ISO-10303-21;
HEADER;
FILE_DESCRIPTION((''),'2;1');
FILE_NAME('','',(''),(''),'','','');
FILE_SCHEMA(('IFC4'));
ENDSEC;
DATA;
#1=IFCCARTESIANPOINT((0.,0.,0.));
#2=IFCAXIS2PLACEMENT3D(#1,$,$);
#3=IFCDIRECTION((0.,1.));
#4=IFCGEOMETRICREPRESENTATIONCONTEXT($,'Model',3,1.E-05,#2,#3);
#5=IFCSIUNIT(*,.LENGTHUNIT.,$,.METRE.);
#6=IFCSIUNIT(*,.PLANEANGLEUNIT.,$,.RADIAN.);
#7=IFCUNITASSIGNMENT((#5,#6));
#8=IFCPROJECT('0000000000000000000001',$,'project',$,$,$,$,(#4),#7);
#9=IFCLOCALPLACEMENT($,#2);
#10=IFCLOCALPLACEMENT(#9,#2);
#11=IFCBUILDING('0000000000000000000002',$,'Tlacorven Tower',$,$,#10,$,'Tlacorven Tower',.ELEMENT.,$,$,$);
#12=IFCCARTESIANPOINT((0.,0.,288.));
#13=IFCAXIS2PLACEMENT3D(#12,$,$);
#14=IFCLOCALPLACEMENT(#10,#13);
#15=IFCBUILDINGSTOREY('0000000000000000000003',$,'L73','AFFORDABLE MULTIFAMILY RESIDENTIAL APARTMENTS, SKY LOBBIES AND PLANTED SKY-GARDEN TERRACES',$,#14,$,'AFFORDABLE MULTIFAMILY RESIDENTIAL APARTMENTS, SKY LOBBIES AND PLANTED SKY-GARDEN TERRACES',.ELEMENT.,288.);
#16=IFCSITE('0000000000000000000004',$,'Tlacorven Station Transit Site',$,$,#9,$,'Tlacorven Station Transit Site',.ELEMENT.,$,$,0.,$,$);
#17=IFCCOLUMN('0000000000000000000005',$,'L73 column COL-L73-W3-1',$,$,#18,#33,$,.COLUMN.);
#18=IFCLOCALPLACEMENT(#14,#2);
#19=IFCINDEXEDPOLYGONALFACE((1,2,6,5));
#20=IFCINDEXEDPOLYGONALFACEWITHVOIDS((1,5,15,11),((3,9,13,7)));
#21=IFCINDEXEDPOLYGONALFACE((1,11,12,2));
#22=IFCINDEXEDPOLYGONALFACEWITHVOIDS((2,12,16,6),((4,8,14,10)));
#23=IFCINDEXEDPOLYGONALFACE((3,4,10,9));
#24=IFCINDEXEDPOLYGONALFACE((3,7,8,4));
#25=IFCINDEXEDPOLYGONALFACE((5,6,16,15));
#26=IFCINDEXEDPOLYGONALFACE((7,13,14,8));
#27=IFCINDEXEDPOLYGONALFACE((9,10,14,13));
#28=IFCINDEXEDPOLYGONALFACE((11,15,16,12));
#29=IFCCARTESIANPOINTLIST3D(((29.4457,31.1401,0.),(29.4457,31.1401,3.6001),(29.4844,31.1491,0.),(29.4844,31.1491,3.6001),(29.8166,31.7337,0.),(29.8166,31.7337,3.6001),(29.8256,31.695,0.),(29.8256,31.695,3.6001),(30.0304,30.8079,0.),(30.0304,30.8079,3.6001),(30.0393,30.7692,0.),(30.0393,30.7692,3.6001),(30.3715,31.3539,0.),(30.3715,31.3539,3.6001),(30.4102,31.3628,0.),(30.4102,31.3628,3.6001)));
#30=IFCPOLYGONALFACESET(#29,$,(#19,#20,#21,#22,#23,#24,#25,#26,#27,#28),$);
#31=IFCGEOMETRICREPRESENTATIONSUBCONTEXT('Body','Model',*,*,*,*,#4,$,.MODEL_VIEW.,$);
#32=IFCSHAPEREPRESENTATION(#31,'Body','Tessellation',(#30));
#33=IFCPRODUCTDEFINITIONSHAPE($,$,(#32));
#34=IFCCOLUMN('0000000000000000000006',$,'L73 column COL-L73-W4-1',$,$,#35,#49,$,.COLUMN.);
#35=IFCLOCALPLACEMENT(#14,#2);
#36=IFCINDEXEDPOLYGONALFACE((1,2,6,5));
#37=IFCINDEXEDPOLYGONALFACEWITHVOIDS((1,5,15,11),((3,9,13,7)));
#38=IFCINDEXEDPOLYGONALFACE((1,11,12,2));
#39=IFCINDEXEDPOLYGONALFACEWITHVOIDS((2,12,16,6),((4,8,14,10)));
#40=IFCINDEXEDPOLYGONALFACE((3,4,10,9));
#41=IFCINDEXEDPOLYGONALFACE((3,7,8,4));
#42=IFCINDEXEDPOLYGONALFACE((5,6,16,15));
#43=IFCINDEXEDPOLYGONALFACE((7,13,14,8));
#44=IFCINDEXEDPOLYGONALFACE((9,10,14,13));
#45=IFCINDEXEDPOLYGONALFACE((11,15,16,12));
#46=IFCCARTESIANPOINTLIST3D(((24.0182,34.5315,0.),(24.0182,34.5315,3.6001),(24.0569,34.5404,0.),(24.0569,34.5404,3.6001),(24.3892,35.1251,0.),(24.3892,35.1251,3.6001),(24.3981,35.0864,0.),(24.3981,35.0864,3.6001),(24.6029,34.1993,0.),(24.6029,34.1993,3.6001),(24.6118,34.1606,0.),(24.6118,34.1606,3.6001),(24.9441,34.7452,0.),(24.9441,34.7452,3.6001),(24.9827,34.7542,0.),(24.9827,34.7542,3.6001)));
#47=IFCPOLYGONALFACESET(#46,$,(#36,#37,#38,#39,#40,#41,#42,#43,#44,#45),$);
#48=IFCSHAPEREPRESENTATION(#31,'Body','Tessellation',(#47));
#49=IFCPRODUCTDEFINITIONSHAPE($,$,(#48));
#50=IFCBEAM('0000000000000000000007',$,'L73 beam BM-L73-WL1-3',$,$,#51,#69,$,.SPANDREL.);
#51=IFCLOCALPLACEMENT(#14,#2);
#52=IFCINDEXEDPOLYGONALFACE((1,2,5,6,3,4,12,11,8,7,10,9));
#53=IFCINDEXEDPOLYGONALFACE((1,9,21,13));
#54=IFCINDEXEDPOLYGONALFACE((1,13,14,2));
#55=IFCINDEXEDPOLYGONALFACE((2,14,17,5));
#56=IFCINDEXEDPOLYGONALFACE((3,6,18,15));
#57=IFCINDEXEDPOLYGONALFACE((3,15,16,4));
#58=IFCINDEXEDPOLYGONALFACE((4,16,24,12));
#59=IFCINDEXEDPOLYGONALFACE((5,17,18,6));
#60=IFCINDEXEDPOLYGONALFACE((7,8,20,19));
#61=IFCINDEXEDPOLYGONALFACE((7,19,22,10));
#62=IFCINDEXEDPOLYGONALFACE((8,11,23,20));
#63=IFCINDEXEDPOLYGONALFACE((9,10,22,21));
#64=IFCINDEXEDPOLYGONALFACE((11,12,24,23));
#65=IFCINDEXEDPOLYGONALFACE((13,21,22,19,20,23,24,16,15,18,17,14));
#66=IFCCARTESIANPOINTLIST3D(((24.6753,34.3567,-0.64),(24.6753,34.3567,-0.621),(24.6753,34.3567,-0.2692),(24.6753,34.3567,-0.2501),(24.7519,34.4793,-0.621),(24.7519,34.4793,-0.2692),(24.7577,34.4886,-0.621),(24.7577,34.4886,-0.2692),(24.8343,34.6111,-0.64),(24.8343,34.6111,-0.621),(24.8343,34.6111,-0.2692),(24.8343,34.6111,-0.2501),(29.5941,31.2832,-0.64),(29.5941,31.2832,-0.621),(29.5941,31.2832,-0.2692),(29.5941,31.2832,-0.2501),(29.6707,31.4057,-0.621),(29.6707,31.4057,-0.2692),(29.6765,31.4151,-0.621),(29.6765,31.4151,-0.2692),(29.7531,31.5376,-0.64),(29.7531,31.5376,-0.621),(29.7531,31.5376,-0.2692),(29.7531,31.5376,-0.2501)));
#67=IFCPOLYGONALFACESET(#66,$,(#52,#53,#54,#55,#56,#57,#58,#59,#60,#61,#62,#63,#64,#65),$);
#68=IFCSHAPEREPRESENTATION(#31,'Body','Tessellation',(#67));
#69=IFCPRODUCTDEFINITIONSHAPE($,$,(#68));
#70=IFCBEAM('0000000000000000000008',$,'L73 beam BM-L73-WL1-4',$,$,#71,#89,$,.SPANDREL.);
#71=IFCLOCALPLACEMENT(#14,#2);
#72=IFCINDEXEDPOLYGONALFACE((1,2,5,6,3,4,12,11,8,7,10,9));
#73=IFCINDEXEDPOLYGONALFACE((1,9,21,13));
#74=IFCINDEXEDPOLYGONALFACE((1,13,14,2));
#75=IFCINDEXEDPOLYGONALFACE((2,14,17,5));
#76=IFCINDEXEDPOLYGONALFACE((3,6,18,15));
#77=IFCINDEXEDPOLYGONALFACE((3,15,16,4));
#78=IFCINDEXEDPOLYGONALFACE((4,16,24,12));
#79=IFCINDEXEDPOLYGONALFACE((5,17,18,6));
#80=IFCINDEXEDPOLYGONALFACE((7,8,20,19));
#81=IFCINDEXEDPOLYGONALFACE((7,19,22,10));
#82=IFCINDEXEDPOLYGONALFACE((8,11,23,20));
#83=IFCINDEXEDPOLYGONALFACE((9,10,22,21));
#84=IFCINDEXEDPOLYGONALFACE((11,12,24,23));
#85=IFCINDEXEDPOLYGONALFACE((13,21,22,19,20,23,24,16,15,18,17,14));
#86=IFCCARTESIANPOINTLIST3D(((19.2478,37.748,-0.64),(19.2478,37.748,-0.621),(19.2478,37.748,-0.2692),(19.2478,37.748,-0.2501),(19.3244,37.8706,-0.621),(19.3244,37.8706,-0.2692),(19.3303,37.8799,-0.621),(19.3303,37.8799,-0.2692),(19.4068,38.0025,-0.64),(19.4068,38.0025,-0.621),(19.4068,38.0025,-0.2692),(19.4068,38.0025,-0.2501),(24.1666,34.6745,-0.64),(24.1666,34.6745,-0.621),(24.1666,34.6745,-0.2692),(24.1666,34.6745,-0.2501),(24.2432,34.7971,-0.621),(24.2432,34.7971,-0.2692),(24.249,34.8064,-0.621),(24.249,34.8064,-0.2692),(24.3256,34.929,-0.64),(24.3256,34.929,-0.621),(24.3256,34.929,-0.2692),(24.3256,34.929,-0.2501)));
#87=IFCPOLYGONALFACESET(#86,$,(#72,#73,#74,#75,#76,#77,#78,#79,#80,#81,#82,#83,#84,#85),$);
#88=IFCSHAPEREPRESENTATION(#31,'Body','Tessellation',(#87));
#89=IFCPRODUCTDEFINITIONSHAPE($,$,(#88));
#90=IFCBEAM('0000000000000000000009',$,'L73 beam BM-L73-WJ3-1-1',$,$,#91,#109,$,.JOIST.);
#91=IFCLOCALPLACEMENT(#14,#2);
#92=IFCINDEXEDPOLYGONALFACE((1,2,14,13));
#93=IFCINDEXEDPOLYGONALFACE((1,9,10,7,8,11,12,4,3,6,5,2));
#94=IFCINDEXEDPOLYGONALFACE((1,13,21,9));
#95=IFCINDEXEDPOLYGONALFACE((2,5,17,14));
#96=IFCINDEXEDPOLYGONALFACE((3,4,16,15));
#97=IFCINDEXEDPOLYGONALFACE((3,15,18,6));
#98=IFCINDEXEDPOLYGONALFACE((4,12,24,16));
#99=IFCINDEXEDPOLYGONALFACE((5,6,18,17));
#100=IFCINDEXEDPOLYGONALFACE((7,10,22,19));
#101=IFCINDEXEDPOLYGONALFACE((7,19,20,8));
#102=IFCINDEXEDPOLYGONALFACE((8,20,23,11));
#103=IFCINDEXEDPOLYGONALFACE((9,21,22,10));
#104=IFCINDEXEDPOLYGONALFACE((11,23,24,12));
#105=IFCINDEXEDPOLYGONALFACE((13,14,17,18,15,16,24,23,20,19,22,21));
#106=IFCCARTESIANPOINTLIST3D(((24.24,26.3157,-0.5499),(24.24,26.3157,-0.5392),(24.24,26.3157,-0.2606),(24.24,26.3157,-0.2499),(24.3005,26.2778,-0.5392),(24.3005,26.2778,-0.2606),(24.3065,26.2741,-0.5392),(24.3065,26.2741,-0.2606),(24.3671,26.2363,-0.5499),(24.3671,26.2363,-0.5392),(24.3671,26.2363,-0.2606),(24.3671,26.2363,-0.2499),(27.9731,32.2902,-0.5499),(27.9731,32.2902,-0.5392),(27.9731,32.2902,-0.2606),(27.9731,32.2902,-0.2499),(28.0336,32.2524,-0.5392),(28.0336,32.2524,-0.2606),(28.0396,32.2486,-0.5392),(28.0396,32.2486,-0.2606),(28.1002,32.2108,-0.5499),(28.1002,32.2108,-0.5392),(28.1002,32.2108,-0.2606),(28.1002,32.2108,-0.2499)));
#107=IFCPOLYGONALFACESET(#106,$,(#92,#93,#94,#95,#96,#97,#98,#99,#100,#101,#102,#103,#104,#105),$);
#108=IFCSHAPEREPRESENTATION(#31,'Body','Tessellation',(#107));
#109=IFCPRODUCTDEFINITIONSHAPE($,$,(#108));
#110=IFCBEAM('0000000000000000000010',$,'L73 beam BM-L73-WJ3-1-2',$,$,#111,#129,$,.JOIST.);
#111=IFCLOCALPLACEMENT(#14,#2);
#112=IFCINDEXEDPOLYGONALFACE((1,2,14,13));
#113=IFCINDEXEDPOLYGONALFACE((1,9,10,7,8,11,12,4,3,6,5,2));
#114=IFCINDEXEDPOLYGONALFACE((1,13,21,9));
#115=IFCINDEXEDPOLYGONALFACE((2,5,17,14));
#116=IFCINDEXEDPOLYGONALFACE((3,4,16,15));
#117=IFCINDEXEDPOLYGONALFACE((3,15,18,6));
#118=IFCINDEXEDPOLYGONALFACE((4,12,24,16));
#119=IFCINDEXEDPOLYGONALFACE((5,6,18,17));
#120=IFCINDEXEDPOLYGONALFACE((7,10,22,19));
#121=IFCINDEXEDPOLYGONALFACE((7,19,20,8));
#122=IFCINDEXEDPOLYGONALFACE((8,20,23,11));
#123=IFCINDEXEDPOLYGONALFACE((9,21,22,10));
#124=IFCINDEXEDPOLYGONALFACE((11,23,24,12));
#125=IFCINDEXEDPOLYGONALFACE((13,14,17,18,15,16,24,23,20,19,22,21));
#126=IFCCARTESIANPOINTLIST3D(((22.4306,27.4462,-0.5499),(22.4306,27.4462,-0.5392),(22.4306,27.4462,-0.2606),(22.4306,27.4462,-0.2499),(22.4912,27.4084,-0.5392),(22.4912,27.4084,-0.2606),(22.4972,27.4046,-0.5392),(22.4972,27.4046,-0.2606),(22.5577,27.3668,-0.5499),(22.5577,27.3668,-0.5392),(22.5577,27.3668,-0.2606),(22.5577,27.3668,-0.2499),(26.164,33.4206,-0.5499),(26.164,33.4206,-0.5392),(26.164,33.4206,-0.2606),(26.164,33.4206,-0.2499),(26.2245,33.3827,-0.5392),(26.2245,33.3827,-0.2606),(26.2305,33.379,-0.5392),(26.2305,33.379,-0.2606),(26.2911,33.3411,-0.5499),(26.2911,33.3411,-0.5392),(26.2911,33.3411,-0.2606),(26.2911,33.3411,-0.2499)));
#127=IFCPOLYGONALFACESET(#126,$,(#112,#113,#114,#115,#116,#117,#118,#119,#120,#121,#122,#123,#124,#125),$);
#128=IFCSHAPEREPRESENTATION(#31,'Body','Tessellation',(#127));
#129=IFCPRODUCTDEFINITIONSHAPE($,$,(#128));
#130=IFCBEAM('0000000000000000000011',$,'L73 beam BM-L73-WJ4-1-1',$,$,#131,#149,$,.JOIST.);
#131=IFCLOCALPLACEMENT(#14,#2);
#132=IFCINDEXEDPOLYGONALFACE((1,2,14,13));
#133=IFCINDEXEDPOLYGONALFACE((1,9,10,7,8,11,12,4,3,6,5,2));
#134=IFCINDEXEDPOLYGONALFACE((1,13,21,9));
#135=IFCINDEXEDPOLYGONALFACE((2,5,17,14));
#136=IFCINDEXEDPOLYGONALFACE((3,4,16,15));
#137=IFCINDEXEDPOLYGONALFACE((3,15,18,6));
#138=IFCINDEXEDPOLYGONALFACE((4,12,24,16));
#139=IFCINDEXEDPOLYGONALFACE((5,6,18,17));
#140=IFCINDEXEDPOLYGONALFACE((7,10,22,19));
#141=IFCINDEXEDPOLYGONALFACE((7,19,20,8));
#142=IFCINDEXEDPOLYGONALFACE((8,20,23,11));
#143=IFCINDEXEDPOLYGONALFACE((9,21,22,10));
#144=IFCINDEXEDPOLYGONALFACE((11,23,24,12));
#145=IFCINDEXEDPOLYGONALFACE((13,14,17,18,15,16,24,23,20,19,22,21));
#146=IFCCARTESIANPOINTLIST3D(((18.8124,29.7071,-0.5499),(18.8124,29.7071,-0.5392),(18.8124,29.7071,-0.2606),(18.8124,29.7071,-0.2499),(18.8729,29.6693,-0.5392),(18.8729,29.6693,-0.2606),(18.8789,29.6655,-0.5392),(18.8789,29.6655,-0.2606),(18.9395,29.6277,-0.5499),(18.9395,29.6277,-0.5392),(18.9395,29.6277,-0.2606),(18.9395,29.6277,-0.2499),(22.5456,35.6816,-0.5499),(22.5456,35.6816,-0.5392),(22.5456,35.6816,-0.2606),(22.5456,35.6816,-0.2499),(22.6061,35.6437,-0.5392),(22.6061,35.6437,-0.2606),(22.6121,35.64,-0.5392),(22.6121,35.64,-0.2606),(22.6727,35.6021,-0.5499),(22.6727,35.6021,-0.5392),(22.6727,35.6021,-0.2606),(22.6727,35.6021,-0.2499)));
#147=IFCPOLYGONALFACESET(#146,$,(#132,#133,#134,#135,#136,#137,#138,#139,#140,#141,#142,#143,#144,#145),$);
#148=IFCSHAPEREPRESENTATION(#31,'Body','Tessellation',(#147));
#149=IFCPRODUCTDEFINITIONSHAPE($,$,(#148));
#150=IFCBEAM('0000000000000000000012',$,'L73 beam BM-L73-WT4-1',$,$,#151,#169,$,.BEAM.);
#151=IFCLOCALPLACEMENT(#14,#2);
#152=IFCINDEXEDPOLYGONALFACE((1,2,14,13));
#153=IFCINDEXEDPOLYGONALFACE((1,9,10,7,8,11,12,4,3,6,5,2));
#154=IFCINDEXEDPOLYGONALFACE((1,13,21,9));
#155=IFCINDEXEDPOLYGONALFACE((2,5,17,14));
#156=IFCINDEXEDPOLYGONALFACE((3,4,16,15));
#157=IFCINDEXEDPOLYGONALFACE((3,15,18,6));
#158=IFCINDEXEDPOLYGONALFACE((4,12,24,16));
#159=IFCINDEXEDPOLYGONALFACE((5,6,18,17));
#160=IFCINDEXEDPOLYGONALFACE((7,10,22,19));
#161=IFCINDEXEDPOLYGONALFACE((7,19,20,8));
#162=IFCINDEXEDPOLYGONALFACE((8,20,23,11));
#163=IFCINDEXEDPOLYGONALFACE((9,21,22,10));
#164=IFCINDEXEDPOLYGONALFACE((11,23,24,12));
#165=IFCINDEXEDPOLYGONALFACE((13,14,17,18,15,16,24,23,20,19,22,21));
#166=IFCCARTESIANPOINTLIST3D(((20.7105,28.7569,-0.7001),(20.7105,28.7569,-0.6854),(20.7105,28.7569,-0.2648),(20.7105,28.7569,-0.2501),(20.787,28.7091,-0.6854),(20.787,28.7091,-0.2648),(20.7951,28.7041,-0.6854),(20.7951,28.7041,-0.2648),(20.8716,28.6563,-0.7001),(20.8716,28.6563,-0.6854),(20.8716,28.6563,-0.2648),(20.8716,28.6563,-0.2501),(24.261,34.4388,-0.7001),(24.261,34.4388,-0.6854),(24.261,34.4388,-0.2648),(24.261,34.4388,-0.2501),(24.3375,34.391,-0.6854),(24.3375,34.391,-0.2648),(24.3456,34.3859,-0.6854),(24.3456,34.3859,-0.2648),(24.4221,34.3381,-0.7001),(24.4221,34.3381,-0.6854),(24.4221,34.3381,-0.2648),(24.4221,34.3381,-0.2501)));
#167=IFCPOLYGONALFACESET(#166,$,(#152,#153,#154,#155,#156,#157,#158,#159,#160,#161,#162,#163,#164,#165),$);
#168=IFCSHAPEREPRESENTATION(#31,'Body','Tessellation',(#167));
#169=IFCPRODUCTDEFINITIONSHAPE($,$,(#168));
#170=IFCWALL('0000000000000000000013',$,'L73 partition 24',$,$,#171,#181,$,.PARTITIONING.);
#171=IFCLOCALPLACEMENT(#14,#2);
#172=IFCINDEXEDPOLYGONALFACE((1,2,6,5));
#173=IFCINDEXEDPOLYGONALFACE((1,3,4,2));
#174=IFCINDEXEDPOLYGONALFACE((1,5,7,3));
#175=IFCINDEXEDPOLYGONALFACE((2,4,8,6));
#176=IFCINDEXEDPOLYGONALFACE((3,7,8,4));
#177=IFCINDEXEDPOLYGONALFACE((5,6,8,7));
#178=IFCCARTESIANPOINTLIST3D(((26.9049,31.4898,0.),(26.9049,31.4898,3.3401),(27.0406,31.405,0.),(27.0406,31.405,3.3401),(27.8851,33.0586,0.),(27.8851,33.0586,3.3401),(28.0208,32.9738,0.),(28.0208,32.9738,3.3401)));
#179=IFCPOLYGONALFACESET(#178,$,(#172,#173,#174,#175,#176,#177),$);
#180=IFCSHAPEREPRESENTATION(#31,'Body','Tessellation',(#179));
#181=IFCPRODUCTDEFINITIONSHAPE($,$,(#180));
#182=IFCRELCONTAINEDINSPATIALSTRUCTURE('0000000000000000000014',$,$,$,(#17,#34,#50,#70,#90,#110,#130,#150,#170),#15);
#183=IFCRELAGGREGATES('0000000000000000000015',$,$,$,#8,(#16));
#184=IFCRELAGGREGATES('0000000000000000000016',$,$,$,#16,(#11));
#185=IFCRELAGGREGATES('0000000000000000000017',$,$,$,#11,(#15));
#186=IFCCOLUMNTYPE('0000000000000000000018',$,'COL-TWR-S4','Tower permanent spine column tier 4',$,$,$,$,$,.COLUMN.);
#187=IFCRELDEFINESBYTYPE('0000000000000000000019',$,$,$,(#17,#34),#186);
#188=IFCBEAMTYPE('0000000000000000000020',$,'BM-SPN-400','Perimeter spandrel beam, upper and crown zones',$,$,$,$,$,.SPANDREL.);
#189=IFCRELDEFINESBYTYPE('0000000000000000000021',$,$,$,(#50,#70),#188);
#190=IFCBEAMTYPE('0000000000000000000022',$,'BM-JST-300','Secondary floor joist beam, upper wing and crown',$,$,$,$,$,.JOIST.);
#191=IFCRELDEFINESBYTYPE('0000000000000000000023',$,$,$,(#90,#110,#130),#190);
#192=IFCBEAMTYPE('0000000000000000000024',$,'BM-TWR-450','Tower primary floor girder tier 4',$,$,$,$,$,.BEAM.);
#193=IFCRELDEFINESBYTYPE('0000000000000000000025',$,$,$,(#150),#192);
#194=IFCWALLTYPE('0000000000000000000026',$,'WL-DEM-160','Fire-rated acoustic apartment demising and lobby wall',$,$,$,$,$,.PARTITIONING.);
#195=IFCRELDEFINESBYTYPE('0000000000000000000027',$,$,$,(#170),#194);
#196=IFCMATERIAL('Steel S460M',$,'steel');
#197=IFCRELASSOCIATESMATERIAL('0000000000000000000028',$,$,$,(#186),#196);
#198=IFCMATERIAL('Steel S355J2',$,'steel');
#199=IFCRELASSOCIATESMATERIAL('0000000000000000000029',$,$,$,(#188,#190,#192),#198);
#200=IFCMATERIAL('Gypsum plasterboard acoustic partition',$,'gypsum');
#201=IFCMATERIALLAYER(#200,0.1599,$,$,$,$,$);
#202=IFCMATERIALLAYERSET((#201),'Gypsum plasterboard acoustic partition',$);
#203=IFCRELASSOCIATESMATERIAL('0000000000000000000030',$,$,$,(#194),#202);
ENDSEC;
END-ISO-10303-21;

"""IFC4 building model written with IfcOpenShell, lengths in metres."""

from ifc_helpers import new_model, si_unit, direction, frame, frame_2d, origin, origin_2d, place, context, subcontext, project, spatial, rectangle, hollow_rectangle, i_section, extrude, source, transform, mapped, material, layer, layer_set, material_profile, profile_set, type_object, element, save


model = new_model("IFC4")

# Units and contexts
model_context = context("Model", 3, precision=1e-05, world=origin(), true_north=direction((0.0, 1.0)))
body_context = subcontext(model_context, "Body", "Model", "MODEL_VIEW")
ifc_project = project(units=[si_unit("LENGTHUNIT", "METRE"), si_unit("PLANEANGLEUNIT", "RADIAN")], contexts=[model_context])

# Site, building, storey
site_placement = place(None, origin())
site = spatial("IfcSite", under=ifc_project, at=site_placement, Name="Tlacorven Station Transit Site", LongName="Tlacorven Station Transit Site", CompositionType="ELEMENT", RefElevation=0.0)
building_placement = place(site_placement, origin())
building = spatial("IfcBuilding", under=site, at=building_placement, Name="Tlacorven Tower", LongName="Tlacorven Tower", CompositionType="ELEMENT")
storey_placement = place(building_placement, frame((0.0, 0.0, 288.0)))
storey = spatial("IfcBuildingStorey", under=building, at=storey_placement, Name="L73", Description="AFFORDABLE MULTIFAMILY RESIDENTIAL APARTMENTS, SKY LOBBIES AND PLANTED SKY-GARDEN TERRACES", LongName="AFFORDABLE MULTIFAMILY RESIDENTIAL APARTMENTS, SKY LOBBIES AND PLANTED SKY-GARDEN TERRACES", CompositionType="ELEMENT", Elevation=288.0)

# Columns
ifc_material_1 = material(Name="Steel S460M", Category="steel")
ifc_material_profile_1 = material_profile(ifc_material_1, hollow_rectangle(XDim=0.7, YDim=0.7, WallThickness=0.0281, at=origin_2d()), Name="BOX 700X700X28")
ifc_profile_set_1 = profile_set([ifc_material_profile_1], Name="Steel S460M")
column_type = type_object("IfcColumnType", Name="COL-TWR-S4", Description="Tower permanent spine column tier 4", PredefinedType="COLUMN", material=ifc_profile_set_1)
shared_shape_1 = source(origin(), body_context, "Body", "SweptSolid", [
    extrude(hollow_rectangle(XDim=0.7, YDim=0.7, WallThickness=0.0281, at=origin_2d()), origin(), (0.0, 0.0, 1.0), 3.6001),
])
for number, where, z_axis, x_axis, name in (
    (1, (29.928, 31.2515, 0.0), (0.0, 0.0, 1.0), (-0.848048, 0.529919, 0.0), "L73 column COL-L73-W3-1"),
    (2, (24.5005, 34.6428, 0.0), (0.0, 0.0, 1.0), (-0.848048, 0.529919, 0.0), "L73 column COL-L73-W4-1"),
):
    element("IfcColumn", number, at=place(storey_placement, frame(where, z_axis=z_axis, x_axis=x_axis)), inside=storey, type_object=column_type, Name=name, PredefinedType="COLUMN", context=body_context, shape_type="MappedRepresentation", body=[
        mapped(shared_shape_1, transform((0.0, 0.0, 0.0), scale=1.0)),
    ])

# Beams
ifc_material_2 = material(Name="Steel S355J2", Category="steel")
ifc_material_profile_2 = material_profile(ifc_material_2, i_section(OverallWidth=0.3, OverallDepth=0.3899, WebThickness=0.011, FlangeThickness=0.019, at=origin_2d()), Name="HEA 400")
ifc_profile_set_2 = profile_set([ifc_material_profile_2], Name="Steel S355J2")
beam_type_1 = type_object("IfcBeamType", Name="BM-SPN-400", Description="Perimeter spandrel beam, upper and crown zones", PredefinedType="SPANDREL", material=ifc_profile_set_2)
shared_shape_2 = source(origin(), body_context, "Body", "SweptSolid", [
    extrude(i_section(OverallWidth=0.3, OverallDepth=0.3899, WebThickness=0.011, FlangeThickness=0.019, at=origin_2d()), origin(), (0.0, 0.0, 1.0), 5.8),
])
for number, where, z_axis, x_axis, name in (
    (3, (29.6736, 31.4104, -0.4451), (-0.848053, 0.529912, 0.0), (-0.529912, -0.848053, 0.0), "L73 beam BM-L73-WL1-3"),
    (4, (24.2461, 34.8018, -0.4451), (-0.848053, 0.529912, 0.0), (-0.529912, -0.848053, 0.0), "L73 beam BM-L73-WL1-4"),
):
    element("IfcBeam", number, at=place(storey_placement, frame(where, z_axis=z_axis, x_axis=x_axis)), inside=storey, type_object=beam_type_1, Name=name, PredefinedType="SPANDREL", context=body_context, shape_type="MappedRepresentation", body=[
        mapped(shared_shape_2, transform((0.0, 0.0, 0.0), scale=1.0)),
    ])
ifc_material_profile_3 = material_profile(ifc_material_2, i_section(OverallWidth=0.1499, OverallDepth=0.3, WebThickness=0.0071, FlangeThickness=0.0107, at=origin_2d()), Name="IPE 300")
ifc_profile_set_3 = profile_set([ifc_material_profile_3], Name="Steel S355J2")
beam_type_2 = type_object("IfcBeamType", Name="BM-JST-300", Description="Secondary floor joist beam, upper wing and crown", PredefinedType="JOIST", material=ifc_profile_set_3)
shared_shape_3 = source(origin(), body_context, "Body", "SweptSolid", [
    extrude(i_section(OverallWidth=0.1499, OverallDepth=0.3, WebThickness=0.0071, FlangeThickness=0.0107, at=origin_2d()), origin(), (0.0, 0.0, 1.0), 7.0449),
])
for number, where, z_axis, x_axis, name in (
    (5, (28.0366, 32.2505, -0.3999), (-0.529899, -0.848061, 0.0), (0.848061, -0.529899, 0.0), "L73 beam BM-L73-WJ3-1-1"),
    (6, (26.2275, 33.3809, -0.3999), (-0.52994, -0.848035, 0.0), (0.848035, -0.52994, 0.0), "L73 beam BM-L73-WJ3-1-2"),
    (7, (22.6091, 35.6418, -0.3999), (-0.529915, -0.848051, 0.0), (0.848051, -0.529915, 0.0), "L73 beam BM-L73-WJ4-1-1"),
):
    element("IfcBeam", number, at=place(storey_placement, frame(where, z_axis=z_axis, x_axis=x_axis)), inside=storey, type_object=beam_type_2, Name=name, PredefinedType="JOIST", context=body_context, shape_type="MappedRepresentation", body=[
        mapped(shared_shape_3, transform((0.0, 0.0, 0.0), scale=1.0)),
    ])
ifc_material_profile_4 = material_profile(ifc_material_2, i_section(OverallWidth=0.1899, OverallDepth=0.45, WebThickness=0.0095, FlangeThickness=0.0146, at=origin_2d()), Name="IPE 450")
ifc_profile_set_4 = profile_set([ifc_material_profile_4], Name="Steel S355J2")
beam_type_3 = type_object("IfcBeamType", Name="BM-TWR-450", Description="Tower primary floor girder tier 4", PredefinedType="BEAM", material=ifc_profile_set_4)
shared_shape_4 = source(origin(), body_context, "Body", "SweptSolid", [
    extrude(i_section(OverallWidth=0.1899, OverallDepth=0.45, WebThickness=0.0095, FlangeThickness=0.0146, at=origin_2d()), origin(), (0.0, 0.0, 1.0), 6.7),
])
beam_placement = place(storey_placement, frame((24.3416, 34.3884, -0.4751), z_axis=(-0.52993, -0.848041, 0.0), x_axis=(0.848041, -0.52993, 0.0)))
element("IfcBeam", 8, at=beam_placement, inside=storey, type_object=beam_type_3, Name="L73 beam BM-L73-WT4-1", PredefinedType="BEAM", context=body_context, shape_type="MappedRepresentation", body=[
    mapped(shared_shape_4, transform((0.0, 0.0, 0.0), scale=1.0)),
])

# Wall
ifc_material_3 = material(Name="Gypsum plasterboard acoustic partition", Category="gypsum")
ifc_layer = layer(ifc_material_3, 0.1599)
ifc_layer_set = layer_set([ifc_layer], Name="Gypsum plasterboard acoustic partition")
wall_type = type_object("IfcWallType", Name="WL-DEM-160", Description="Fire-rated acoustic apartment demising and lobby wall", PredefinedType="PARTITIONING", material=ifc_layer_set)
wall_1_placement = place(storey_placement, frame((27.9529, 33.0161, 0.0), z_axis=(0.0, 0.0, 1.0), x_axis=(-0.52988, -0.848072, 0.0)))
element("IfcWall", 9, at=wall_1_placement, inside=storey, type_object=wall_type, Name="L73 partition 24", PredefinedType="PARTITIONING", context=body_context, shape_type="SweptSolid", body=[
    extrude(rectangle(XDim=1.8499, YDim=0.1599, at=frame_2d((0.9248, 0.0))), origin(), (0.0, 0.0, 1.0), 3.3401),
])

save(model, "model.ifc")
